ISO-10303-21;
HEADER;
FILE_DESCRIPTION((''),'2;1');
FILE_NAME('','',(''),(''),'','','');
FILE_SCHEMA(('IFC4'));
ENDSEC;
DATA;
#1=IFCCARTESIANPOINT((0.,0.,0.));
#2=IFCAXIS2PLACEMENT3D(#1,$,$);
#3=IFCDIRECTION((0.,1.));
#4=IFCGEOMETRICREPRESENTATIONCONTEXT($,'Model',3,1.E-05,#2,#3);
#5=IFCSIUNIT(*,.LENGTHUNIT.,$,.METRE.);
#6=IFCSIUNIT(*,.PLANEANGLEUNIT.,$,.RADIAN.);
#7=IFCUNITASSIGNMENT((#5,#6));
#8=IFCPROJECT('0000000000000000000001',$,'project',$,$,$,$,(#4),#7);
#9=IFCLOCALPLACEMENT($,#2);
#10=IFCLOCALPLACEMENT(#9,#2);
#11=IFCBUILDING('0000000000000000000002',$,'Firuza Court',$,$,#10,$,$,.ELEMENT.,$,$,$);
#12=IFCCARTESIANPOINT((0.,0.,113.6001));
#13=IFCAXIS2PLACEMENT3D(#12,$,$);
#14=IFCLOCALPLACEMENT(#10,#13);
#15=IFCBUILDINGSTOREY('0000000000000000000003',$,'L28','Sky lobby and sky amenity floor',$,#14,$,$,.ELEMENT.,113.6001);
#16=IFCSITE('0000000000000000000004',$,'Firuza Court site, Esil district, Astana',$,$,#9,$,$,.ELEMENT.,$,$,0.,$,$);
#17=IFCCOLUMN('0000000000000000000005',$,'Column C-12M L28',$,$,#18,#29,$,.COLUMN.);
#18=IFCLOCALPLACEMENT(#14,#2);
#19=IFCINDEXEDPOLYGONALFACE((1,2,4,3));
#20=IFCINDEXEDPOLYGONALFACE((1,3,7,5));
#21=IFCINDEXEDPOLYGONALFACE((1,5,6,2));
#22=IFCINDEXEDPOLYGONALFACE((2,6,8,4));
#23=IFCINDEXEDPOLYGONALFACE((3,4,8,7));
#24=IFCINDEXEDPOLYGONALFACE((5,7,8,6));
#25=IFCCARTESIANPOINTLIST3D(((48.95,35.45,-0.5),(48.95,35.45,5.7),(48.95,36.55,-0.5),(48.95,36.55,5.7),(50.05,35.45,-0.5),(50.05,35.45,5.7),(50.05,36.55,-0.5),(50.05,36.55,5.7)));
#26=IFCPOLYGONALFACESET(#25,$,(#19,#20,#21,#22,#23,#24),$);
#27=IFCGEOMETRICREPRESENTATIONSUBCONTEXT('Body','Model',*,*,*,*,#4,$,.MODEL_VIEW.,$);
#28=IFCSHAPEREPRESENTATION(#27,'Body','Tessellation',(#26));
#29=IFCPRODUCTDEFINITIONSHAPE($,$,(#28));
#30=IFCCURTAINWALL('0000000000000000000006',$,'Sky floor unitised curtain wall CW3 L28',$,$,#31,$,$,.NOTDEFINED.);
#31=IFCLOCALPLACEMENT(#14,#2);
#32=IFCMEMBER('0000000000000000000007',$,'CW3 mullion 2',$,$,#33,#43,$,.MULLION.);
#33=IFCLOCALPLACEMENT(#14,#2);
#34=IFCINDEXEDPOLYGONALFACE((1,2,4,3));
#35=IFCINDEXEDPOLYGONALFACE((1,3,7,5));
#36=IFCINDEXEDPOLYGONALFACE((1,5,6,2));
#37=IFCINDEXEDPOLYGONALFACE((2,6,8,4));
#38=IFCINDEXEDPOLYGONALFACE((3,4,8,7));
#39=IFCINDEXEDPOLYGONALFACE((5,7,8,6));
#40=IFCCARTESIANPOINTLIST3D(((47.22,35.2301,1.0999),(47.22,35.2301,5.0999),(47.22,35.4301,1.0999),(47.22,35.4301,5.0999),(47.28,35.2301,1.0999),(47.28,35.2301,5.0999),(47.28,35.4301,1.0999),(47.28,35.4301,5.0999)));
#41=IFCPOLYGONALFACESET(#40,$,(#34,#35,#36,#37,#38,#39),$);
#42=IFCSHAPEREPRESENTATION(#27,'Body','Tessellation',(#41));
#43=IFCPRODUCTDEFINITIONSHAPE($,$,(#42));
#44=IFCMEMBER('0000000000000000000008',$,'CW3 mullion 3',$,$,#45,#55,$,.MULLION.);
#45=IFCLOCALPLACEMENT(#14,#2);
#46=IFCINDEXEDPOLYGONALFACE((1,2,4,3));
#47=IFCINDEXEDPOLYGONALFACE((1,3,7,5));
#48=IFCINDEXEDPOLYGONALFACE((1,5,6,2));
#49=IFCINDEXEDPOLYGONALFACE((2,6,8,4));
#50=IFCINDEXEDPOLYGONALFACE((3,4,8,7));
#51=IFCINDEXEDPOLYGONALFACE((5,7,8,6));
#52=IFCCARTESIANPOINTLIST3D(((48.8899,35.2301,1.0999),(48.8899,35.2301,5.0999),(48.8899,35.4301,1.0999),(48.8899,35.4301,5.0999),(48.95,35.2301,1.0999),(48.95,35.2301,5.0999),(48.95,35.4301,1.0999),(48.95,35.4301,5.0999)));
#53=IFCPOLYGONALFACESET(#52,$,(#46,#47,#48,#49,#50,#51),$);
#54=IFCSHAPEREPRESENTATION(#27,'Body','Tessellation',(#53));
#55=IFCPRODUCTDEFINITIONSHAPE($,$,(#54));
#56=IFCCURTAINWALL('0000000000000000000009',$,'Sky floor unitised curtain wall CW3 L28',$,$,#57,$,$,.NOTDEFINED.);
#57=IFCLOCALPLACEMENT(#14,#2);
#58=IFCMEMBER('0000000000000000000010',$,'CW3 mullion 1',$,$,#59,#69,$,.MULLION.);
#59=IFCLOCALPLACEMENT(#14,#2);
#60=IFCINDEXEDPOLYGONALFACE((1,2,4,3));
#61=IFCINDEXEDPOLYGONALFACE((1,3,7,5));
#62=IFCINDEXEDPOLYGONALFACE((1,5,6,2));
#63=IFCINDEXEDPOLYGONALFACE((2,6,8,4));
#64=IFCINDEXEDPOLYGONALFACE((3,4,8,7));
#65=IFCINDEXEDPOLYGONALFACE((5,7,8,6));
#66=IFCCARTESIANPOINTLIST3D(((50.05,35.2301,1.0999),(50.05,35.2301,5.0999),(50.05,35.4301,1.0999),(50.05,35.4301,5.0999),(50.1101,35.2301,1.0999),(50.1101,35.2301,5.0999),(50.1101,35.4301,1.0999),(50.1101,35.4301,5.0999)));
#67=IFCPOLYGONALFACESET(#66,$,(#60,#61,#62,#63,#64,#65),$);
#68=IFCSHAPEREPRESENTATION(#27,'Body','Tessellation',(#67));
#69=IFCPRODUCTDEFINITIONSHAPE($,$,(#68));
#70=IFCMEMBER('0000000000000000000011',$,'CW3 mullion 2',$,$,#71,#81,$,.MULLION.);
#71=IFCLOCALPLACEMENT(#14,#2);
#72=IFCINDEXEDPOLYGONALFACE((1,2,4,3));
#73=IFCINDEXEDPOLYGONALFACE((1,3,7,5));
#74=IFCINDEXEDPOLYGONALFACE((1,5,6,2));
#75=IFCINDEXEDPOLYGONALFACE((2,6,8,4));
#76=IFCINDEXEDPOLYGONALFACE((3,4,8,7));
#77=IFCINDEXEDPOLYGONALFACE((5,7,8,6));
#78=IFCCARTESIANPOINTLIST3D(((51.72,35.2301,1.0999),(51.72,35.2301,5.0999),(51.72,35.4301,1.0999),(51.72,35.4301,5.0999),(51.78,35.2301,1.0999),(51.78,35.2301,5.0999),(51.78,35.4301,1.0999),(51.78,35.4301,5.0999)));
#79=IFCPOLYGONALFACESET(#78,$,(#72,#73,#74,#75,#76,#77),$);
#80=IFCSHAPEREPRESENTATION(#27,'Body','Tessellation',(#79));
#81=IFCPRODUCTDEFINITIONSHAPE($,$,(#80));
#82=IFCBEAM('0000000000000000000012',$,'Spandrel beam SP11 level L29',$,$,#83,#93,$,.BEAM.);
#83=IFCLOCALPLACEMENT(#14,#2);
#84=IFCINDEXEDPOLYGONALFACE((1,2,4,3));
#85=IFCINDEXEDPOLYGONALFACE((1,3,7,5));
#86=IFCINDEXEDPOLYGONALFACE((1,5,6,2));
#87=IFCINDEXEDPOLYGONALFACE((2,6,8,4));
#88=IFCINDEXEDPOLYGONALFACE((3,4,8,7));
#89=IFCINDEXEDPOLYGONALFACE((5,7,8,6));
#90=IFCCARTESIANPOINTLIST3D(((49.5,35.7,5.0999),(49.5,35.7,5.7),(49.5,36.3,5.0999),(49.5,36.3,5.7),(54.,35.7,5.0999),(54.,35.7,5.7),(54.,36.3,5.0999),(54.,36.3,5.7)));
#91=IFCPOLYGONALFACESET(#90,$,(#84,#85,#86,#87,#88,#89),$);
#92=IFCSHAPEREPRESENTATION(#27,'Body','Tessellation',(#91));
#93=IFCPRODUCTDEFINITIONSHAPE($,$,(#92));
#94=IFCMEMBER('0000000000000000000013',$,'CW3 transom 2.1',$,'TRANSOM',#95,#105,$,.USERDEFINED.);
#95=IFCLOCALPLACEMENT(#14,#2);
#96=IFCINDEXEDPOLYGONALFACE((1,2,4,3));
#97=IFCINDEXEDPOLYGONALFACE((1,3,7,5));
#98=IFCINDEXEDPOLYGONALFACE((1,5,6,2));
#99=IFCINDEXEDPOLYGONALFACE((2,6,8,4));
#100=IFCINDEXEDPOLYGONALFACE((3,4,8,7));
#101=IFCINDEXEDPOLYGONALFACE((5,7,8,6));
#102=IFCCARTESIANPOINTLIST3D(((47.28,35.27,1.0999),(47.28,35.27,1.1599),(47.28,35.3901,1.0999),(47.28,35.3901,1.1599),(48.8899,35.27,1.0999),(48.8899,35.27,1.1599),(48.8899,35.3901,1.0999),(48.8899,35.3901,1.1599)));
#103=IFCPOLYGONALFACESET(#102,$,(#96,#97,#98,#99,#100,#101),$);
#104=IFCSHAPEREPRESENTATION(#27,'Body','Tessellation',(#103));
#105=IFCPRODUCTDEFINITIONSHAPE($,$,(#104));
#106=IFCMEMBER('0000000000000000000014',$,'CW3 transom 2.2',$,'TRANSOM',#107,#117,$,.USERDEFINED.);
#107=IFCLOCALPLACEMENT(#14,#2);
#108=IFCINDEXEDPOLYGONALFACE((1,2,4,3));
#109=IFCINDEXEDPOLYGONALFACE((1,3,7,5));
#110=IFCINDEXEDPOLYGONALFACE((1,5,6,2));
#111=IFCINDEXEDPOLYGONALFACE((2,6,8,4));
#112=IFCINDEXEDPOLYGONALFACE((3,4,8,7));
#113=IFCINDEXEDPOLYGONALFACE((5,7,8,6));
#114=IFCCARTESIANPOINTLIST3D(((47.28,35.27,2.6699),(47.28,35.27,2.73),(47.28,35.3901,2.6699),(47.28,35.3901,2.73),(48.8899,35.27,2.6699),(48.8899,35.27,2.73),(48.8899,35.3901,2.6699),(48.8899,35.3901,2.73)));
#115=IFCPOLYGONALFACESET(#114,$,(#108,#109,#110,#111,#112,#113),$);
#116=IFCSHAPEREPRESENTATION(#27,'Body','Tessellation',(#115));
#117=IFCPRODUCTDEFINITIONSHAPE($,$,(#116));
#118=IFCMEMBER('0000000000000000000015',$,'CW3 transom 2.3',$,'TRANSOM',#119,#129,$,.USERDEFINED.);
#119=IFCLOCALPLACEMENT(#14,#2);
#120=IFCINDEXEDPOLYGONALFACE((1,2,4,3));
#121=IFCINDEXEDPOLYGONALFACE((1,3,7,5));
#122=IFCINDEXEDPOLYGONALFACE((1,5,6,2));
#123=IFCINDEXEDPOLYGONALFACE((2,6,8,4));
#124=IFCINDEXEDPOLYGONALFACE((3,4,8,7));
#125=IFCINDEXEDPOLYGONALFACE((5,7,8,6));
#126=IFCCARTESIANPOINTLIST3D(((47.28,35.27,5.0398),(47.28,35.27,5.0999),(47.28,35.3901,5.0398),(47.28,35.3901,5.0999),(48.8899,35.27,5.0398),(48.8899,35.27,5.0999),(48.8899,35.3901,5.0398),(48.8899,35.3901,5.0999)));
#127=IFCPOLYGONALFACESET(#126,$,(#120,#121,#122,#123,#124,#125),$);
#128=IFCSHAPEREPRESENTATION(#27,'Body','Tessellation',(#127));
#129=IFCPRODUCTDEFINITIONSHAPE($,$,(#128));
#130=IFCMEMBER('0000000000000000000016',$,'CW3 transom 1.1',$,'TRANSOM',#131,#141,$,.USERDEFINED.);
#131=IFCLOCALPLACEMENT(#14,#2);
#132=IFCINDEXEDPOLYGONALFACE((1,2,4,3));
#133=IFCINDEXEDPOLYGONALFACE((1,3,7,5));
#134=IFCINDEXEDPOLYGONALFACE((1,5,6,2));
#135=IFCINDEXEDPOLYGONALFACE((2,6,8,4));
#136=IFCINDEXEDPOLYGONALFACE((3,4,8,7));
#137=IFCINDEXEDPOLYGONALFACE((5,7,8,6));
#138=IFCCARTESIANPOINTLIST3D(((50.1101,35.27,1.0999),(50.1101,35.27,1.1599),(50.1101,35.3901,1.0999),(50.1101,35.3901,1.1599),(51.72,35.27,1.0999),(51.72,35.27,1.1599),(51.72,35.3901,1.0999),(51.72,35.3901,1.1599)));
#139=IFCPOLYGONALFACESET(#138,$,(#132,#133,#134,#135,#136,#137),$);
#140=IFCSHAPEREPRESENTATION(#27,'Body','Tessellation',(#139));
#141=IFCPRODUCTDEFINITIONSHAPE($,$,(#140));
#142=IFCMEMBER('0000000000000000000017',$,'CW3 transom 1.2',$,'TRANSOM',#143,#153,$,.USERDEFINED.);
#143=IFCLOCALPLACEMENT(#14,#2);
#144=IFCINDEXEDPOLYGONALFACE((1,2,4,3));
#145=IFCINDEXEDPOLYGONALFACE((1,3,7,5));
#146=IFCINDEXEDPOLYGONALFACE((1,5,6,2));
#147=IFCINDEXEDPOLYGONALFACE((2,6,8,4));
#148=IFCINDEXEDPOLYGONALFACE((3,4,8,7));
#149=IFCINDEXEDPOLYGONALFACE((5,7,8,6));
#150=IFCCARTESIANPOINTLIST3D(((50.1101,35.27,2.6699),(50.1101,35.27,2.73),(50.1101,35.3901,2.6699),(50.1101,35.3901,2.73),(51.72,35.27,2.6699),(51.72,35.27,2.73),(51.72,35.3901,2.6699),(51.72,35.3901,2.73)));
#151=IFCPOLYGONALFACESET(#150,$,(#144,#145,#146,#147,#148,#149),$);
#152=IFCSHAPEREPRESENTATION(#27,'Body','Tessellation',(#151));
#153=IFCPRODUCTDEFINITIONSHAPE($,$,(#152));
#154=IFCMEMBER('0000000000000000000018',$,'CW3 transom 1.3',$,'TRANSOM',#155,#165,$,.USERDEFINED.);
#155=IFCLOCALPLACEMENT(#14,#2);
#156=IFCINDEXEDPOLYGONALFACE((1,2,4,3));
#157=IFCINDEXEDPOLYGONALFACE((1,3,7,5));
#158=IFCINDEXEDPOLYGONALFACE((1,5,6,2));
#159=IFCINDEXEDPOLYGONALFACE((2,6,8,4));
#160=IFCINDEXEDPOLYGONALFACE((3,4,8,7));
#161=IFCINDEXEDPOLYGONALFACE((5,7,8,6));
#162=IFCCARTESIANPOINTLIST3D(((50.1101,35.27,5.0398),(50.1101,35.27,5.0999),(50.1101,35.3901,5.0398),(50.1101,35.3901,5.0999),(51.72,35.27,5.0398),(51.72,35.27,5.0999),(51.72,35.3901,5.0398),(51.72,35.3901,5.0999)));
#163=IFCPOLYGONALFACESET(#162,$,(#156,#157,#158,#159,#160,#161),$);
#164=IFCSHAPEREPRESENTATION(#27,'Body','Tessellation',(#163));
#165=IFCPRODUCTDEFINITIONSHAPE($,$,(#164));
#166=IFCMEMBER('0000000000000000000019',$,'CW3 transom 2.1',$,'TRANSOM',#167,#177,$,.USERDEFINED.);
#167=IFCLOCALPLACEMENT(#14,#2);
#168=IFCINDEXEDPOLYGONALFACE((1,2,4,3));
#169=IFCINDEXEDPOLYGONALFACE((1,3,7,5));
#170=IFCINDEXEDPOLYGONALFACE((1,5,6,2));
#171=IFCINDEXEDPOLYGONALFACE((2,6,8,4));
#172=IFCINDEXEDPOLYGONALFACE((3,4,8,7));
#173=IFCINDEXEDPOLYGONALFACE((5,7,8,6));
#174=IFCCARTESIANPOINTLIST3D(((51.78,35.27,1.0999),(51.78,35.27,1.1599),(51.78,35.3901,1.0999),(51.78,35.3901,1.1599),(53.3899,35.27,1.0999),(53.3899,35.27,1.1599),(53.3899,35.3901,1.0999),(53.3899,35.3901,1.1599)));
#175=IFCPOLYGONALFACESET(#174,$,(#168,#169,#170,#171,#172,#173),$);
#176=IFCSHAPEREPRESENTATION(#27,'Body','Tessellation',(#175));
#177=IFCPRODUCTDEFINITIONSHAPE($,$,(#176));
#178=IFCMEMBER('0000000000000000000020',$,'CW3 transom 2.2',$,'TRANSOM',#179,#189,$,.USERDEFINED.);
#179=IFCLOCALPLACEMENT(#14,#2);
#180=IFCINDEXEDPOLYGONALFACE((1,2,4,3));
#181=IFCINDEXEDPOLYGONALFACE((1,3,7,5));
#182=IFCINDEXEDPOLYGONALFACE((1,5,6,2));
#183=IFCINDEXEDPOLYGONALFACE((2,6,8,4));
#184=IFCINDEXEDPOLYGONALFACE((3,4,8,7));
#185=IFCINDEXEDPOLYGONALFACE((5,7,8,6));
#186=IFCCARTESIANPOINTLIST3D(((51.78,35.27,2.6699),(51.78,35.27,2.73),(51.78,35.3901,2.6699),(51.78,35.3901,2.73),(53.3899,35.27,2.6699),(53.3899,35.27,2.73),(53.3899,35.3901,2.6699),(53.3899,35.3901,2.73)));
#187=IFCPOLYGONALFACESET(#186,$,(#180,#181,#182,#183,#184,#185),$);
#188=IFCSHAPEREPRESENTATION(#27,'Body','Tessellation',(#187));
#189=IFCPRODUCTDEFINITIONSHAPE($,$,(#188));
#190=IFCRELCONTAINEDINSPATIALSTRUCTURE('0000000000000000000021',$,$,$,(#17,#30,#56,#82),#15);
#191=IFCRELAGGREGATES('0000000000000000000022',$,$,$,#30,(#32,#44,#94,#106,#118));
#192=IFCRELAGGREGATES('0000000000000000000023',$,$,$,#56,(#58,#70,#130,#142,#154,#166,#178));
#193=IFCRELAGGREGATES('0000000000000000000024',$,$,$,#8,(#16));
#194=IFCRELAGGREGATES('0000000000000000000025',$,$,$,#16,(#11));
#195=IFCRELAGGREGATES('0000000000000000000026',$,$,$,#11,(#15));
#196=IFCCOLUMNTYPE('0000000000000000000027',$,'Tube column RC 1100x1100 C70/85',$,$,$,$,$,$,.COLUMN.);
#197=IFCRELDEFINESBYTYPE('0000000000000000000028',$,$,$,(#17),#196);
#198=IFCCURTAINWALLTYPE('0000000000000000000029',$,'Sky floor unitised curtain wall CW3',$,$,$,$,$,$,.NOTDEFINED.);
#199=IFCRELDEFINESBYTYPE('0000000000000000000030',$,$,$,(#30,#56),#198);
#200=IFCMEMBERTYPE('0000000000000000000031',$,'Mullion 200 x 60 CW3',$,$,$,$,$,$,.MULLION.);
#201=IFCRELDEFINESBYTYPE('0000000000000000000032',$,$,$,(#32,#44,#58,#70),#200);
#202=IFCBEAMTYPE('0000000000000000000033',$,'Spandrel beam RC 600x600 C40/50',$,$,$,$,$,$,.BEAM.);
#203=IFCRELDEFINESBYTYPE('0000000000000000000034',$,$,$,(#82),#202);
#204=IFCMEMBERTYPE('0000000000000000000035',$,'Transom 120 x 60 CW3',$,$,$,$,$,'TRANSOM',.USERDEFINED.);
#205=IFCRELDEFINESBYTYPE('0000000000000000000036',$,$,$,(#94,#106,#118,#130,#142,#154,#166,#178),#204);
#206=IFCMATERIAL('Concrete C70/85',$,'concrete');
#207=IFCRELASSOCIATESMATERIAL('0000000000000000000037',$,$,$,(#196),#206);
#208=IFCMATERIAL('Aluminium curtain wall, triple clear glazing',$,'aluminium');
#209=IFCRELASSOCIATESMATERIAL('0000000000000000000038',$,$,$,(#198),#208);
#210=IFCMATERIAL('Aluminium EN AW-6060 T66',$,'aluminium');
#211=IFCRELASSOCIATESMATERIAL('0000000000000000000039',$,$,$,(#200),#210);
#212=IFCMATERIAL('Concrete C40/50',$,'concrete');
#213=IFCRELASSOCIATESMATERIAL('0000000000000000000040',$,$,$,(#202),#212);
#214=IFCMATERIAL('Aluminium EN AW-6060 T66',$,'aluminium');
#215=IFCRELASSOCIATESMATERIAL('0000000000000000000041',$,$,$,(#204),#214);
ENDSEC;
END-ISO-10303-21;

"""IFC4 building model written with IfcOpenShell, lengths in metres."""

from ifc_helpers import new_model, si_unit, direction, frame, origin, origin_2d, place, context, subcontext, project, spatial, rectangle, extrude, material, material_profile, profile_set, type_object, element, aggregate, save


model = new_model("IFC4")

# Units and contexts
model_context = context("Model", 3, precision=1e-05, world=origin(), true_north=direction((0.0, 1.0)))
body_context = subcontext(model_context, "Body", "Model", "MODEL_VIEW")
ifc_project = project(units=[si_unit("LENGTHUNIT", "METRE"), si_unit("PLANEANGLEUNIT", "RADIAN")], contexts=[model_context])

# Site, building, storey
site_placement = place(None, origin())
site = spatial("IfcSite", under=ifc_project, at=site_placement, Name="Firuza Court site, Esil district, Astana", CompositionType="ELEMENT", RefElevation=0.0)
building_placement = place(site_placement, origin())
building = spatial("IfcBuilding", under=site, at=building_placement, Name="Firuza Court", CompositionType="ELEMENT")
storey_placement = place(building_placement, frame((0.0, 0.0, 113.6001)))
storey = spatial("IfcBuildingStorey", under=building, at=storey_placement, Name="L28", Description="Sky lobby and sky amenity floor", CompositionType="ELEMENT", Elevation=113.6001)

# Column
ifc_material_1 = material(Name="Concrete C70/85", Category="concrete")
ifc_material_profile_1 = material_profile(ifc_material_1, rectangle(XDim=1.1001, YDim=1.1001, at=origin_2d()), Name="RC 1100x1100")
ifc_profile_set_1 = profile_set([ifc_material_profile_1], Name="Concrete C70/85")
column_type = type_object("IfcColumnType", Name="Tube column RC 1100x1100 C70/85", PredefinedType="COLUMN", material=ifc_profile_set_1)
column_placement = place(storey_placement, frame((49.5, 36.0, -0.5), z_axis=(0.0, 0.0, 1.0), x_axis=(1.0, 0.0, 0.0)))
element("IfcColumn", 1, at=column_placement, inside=storey, type_object=column_type, Name="Column C-12M L28", PredefinedType="COLUMN", context=body_context, shape_type="SweptSolid", body=[
    extrude(rectangle(XDim=1.1001, YDim=1.1001, at=origin_2d()), origin(), (0.0, 0.0, 1.0), 6.2),
])

# Curtain walls, members
ifc_material_2 = material(Name="Aluminium curtain wall, triple clear glazing", Category="aluminium")
curtain_wall_type = type_object("IfcCurtainWallType", Name="Sky floor unitised curtain wall CW3", PredefinedType="NOTDEFINED", material=ifc_material_2)
curtain_wall_1_placement = place(storey_placement, origin())
curtain_wall_1 = element("IfcCurtainWall", 2, at=curtain_wall_1_placement, inside=storey, type_object=curtain_wall_type, Name="Sky floor unitised curtain wall CW3 L28", PredefinedType="NOTDEFINED")
ifc_material_3 = material(Name="Aluminium EN AW-6060 T66", Category="aluminium")
ifc_material_profile_2 = material_profile(ifc_material_3, rectangle(XDim=0.2, YDim=0.0601, at=origin_2d()), Name="Mullion 200 x 60 CW3")
ifc_profile_set_2 = profile_set([ifc_material_profile_2], Name="Aluminium EN AW-6060 T66")
member_type_1 = type_object("IfcMemberType", Name="Mullion 200 x 60 CW3", PredefinedType="MULLION", material=ifc_profile_set_2)
member_1_placement = place(storey_placement, frame((47.25, 35.3301, 1.0999), z_axis=(0.0, 0.0, 1.0), x_axis=(0.0, 1.0, 0.0)))
member_1 = element("IfcMember", 3, at=member_1_placement, type_object=member_type_1, Name="CW3 mullion 2", PredefinedType="MULLION", context=body_context, shape_type="SweptSolid", body=[
    extrude(rectangle(XDim=0.2, YDim=0.0601, at=origin_2d()), origin(), (0.0, 0.0, 1.0), 4.0),
])
member_2_placement = place(storey_placement, frame((48.9199, 35.3301, 1.0999), z_axis=(0.0, 0.0, 1.0), x_axis=(0.0, 1.0, 0.0)))
member_2 = element("IfcMember", 4, at=member_2_placement, type_object=member_type_1, Name="CW3 mullion 3", PredefinedType="MULLION", context=body_context, shape_type="SweptSolid", body=[
    extrude(rectangle(XDim=0.2, YDim=0.0601, at=origin_2d()), origin(), (0.0, 0.0, 1.0), 4.0),
])
curtain_wall_2_placement = place(storey_placement, origin())
curtain_wall_2 = element("IfcCurtainWall", 5, at=curtain_wall_2_placement, inside=storey, type_object=curtain_wall_type, Name="Sky floor unitised curtain wall CW3 L28", PredefinedType="NOTDEFINED")
member_3_placement = place(storey_placement, frame((50.0801, 35.3301, 1.0999), z_axis=(0.0, 0.0, 1.0), x_axis=(0.0, 1.0, 0.0)))
member_3 = element("IfcMember", 6, at=member_3_placement, type_object=member_type_1, Name="CW3 mullion 1", PredefinedType="MULLION", context=body_context, shape_type="SweptSolid", body=[
    extrude(rectangle(XDim=0.2, YDim=0.0601, at=origin_2d()), origin(), (0.0, 0.0, 1.0), 4.0),
])
member_4_placement = place(storey_placement, frame((51.75, 35.3301, 1.0999), z_axis=(0.0, 0.0, 1.0), x_axis=(0.0, 1.0, 0.0)))
member_4 = element("IfcMember", 7, at=member_4_placement, type_object=member_type_1, Name="CW3 mullion 2", PredefinedType="MULLION", context=body_context, shape_type="SweptSolid", body=[
    extrude(rectangle(XDim=0.2, YDim=0.0601, at=origin_2d()), origin(), (0.0, 0.0, 1.0), 4.0),
])

# Beam
ifc_material_4 = material(Name="Concrete C40/50", Category="concrete")
ifc_material_profile_3 = material_profile(ifc_material_4, rectangle(XDim=0.6001, YDim=0.6001, at=origin_2d()), Name="RC 600x600")
ifc_profile_set_3 = profile_set([ifc_material_profile_3], Name="Concrete C40/50")
beam_type = type_object("IfcBeamType", Name="Spandrel beam RC 600x600 C40/50", PredefinedType="BEAM", material=ifc_profile_set_3)
beam_placement = place(storey_placement, frame((49.5, 36.0, 5.3999), z_axis=(1.0, 0.0, 0.0), x_axis=(0.0, 1.0, 0.0)))
element("IfcBeam", 8, at=beam_placement, inside=storey, type_object=beam_type, Name="Spandrel beam SP11 level L29", PredefinedType="BEAM", context=body_context, shape_type="SweptSolid", body=[
    extrude(rectangle(XDim=0.6001, YDim=0.6001, at=origin_2d()), origin(), (0.0, 0.0, 1.0), 4.5),
])

# Members
ifc_material_5 = material(Name="Aluminium EN AW-6060 T66", Category="aluminium")
ifc_material_profile_4 = material_profile(ifc_material_5, rectangle(XDim=0.1201, YDim=0.0601, at=origin_2d()), Name="Transom 120 x 60 CW3")
ifc_profile_set_4 = profile_set([ifc_material_profile_4], Name="Aluminium EN AW-6060 T66")
member_type_2 = type_object("IfcMemberType", Name="Transom 120 x 60 CW3", ElementType="TRANSOM", PredefinedType="USERDEFINED", material=ifc_profile_set_4)
member_5_placement = place(storey_placement, frame((47.28, 35.3301, 1.1299), z_axis=(1.0, 0.0, 0.0), x_axis=(0.0, 1.0, 0.0)))
member_5 = element("IfcMember", 9, at=member_5_placement, type_object=member_type_2, Name="CW3 transom 2.1", ObjectType="TRANSOM", PredefinedType="USERDEFINED", context=body_context, shape_type="SweptSolid", body=[
    extrude(rectangle(XDim=0.1201, YDim=0.0601, at=origin_2d()), origin(), (0.0, 0.0, 1.0), 1.6099),
])
member_6_placement = place(storey_placement, frame((47.28, 35.3301, 2.7), z_axis=(1.0, 0.0, 0.0), x_axis=(0.0, 1.0, 0.0)))
member_6 = element("IfcMember", 10, at=member_6_placement, type_object=member_type_2, Name="CW3 transom 2.2", ObjectType="TRANSOM", PredefinedType="USERDEFINED", context=body_context, shape_type="SweptSolid", body=[
    extrude(rectangle(XDim=0.1201, YDim=0.0601, at=origin_2d()), origin(), (0.0, 0.0, 1.0), 1.6099),
])
member_7_placement = place(storey_placement, frame((47.28, 35.3301, 5.0698), z_axis=(1.0, 0.0, 0.0), x_axis=(0.0, 1.0, 0.0)))
member_7 = element("IfcMember", 11, at=member_7_placement, type_object=member_type_2, Name="CW3 transom 2.3", ObjectType="TRANSOM", PredefinedType="USERDEFINED", context=body_context, shape_type="SweptSolid", body=[
    extrude(rectangle(XDim=0.1201, YDim=0.0601, at=origin_2d()), origin(), (0.0, 0.0, 1.0), 1.6099),
])
member_8_placement = place(storey_placement, frame((50.1101, 35.3301, 1.1299), z_axis=(1.0, 0.0, 0.0), x_axis=(0.0, 1.0, 0.0)))
member_8 = element("IfcMember", 12, at=member_8_placement, type_object=member_type_2, Name="CW3 transom 1.1", ObjectType="TRANSOM", PredefinedType="USERDEFINED", context=body_context, shape_type="SweptSolid", body=[
    extrude(rectangle(XDim=0.1201, YDim=0.0601, at=origin_2d()), origin(), (0.0, 0.0, 1.0), 1.6099),
])
member_9_placement = place(storey_placement, frame((50.1101, 35.3301, 2.7), z_axis=(1.0, 0.0, 0.0), x_axis=(0.0, 1.0, 0.0)))
member_9 = element("IfcMember", 13, at=member_9_placement, type_object=member_type_2, Name="CW3 transom 1.2", ObjectType="TRANSOM", PredefinedType="USERDEFINED", context=body_context, shape_type="SweptSolid", body=[
    extrude(rectangle(XDim=0.1201, YDim=0.0601, at=origin_2d()), origin(), (0.0, 0.0, 1.0), 1.6099),
])
member_10_placement = place(storey_placement, frame((50.1101, 35.3301, 5.0698), z_axis=(1.0, 0.0, 0.0), x_axis=(0.0, 1.0, 0.0)))
member_10 = element("IfcMember", 14, at=member_10_placement, type_object=member_type_2, Name="CW3 transom 1.3", ObjectType="TRANSOM", PredefinedType="USERDEFINED", context=body_context, shape_type="SweptSolid", body=[
    extrude(rectangle(XDim=0.1201, YDim=0.0601, at=origin_2d()), origin(), (0.0, 0.0, 1.0), 1.6099),
])
member_11_placement = place(storey_placement, frame((51.78, 35.3301, 1.1299), z_axis=(1.0, 0.0, 0.0), x_axis=(0.0, 1.0, 0.0)))
member_11 = element("IfcMember", 15, at=member_11_placement, type_object=member_type_2, Name="CW3 transom 2.1", ObjectType="TRANSOM", PredefinedType="USERDEFINED", context=body_context, shape_type="SweptSolid", body=[
    extrude(rectangle(XDim=0.1201, YDim=0.0601, at=origin_2d()), origin(), (0.0, 0.0, 1.0), 1.6099),
])
member_12_placement = place(storey_placement, frame((51.78, 35.3301, 2.7), z_axis=(1.0, 0.0, 0.0), x_axis=(0.0, 1.0, 0.0)))
member_12 = element("IfcMember", 16, at=member_12_placement, type_object=member_type_2, Name="CW3 transom 2.2", ObjectType="TRANSOM", PredefinedType="USERDEFINED", context=body_context, shape_type="SweptSolid", body=[
    extrude(rectangle(XDim=0.1201, YDim=0.0601, at=origin_2d()), origin(), (0.0, 0.0, 1.0), 1.6099),
])

aggregate(curtain_wall_1, [member_1, member_2, member_5, member_6, member_7])
aggregate(curtain_wall_2, [member_3, member_4, member_8, member_9, member_10, member_11, member_12])

save(model, "model.ifc")
